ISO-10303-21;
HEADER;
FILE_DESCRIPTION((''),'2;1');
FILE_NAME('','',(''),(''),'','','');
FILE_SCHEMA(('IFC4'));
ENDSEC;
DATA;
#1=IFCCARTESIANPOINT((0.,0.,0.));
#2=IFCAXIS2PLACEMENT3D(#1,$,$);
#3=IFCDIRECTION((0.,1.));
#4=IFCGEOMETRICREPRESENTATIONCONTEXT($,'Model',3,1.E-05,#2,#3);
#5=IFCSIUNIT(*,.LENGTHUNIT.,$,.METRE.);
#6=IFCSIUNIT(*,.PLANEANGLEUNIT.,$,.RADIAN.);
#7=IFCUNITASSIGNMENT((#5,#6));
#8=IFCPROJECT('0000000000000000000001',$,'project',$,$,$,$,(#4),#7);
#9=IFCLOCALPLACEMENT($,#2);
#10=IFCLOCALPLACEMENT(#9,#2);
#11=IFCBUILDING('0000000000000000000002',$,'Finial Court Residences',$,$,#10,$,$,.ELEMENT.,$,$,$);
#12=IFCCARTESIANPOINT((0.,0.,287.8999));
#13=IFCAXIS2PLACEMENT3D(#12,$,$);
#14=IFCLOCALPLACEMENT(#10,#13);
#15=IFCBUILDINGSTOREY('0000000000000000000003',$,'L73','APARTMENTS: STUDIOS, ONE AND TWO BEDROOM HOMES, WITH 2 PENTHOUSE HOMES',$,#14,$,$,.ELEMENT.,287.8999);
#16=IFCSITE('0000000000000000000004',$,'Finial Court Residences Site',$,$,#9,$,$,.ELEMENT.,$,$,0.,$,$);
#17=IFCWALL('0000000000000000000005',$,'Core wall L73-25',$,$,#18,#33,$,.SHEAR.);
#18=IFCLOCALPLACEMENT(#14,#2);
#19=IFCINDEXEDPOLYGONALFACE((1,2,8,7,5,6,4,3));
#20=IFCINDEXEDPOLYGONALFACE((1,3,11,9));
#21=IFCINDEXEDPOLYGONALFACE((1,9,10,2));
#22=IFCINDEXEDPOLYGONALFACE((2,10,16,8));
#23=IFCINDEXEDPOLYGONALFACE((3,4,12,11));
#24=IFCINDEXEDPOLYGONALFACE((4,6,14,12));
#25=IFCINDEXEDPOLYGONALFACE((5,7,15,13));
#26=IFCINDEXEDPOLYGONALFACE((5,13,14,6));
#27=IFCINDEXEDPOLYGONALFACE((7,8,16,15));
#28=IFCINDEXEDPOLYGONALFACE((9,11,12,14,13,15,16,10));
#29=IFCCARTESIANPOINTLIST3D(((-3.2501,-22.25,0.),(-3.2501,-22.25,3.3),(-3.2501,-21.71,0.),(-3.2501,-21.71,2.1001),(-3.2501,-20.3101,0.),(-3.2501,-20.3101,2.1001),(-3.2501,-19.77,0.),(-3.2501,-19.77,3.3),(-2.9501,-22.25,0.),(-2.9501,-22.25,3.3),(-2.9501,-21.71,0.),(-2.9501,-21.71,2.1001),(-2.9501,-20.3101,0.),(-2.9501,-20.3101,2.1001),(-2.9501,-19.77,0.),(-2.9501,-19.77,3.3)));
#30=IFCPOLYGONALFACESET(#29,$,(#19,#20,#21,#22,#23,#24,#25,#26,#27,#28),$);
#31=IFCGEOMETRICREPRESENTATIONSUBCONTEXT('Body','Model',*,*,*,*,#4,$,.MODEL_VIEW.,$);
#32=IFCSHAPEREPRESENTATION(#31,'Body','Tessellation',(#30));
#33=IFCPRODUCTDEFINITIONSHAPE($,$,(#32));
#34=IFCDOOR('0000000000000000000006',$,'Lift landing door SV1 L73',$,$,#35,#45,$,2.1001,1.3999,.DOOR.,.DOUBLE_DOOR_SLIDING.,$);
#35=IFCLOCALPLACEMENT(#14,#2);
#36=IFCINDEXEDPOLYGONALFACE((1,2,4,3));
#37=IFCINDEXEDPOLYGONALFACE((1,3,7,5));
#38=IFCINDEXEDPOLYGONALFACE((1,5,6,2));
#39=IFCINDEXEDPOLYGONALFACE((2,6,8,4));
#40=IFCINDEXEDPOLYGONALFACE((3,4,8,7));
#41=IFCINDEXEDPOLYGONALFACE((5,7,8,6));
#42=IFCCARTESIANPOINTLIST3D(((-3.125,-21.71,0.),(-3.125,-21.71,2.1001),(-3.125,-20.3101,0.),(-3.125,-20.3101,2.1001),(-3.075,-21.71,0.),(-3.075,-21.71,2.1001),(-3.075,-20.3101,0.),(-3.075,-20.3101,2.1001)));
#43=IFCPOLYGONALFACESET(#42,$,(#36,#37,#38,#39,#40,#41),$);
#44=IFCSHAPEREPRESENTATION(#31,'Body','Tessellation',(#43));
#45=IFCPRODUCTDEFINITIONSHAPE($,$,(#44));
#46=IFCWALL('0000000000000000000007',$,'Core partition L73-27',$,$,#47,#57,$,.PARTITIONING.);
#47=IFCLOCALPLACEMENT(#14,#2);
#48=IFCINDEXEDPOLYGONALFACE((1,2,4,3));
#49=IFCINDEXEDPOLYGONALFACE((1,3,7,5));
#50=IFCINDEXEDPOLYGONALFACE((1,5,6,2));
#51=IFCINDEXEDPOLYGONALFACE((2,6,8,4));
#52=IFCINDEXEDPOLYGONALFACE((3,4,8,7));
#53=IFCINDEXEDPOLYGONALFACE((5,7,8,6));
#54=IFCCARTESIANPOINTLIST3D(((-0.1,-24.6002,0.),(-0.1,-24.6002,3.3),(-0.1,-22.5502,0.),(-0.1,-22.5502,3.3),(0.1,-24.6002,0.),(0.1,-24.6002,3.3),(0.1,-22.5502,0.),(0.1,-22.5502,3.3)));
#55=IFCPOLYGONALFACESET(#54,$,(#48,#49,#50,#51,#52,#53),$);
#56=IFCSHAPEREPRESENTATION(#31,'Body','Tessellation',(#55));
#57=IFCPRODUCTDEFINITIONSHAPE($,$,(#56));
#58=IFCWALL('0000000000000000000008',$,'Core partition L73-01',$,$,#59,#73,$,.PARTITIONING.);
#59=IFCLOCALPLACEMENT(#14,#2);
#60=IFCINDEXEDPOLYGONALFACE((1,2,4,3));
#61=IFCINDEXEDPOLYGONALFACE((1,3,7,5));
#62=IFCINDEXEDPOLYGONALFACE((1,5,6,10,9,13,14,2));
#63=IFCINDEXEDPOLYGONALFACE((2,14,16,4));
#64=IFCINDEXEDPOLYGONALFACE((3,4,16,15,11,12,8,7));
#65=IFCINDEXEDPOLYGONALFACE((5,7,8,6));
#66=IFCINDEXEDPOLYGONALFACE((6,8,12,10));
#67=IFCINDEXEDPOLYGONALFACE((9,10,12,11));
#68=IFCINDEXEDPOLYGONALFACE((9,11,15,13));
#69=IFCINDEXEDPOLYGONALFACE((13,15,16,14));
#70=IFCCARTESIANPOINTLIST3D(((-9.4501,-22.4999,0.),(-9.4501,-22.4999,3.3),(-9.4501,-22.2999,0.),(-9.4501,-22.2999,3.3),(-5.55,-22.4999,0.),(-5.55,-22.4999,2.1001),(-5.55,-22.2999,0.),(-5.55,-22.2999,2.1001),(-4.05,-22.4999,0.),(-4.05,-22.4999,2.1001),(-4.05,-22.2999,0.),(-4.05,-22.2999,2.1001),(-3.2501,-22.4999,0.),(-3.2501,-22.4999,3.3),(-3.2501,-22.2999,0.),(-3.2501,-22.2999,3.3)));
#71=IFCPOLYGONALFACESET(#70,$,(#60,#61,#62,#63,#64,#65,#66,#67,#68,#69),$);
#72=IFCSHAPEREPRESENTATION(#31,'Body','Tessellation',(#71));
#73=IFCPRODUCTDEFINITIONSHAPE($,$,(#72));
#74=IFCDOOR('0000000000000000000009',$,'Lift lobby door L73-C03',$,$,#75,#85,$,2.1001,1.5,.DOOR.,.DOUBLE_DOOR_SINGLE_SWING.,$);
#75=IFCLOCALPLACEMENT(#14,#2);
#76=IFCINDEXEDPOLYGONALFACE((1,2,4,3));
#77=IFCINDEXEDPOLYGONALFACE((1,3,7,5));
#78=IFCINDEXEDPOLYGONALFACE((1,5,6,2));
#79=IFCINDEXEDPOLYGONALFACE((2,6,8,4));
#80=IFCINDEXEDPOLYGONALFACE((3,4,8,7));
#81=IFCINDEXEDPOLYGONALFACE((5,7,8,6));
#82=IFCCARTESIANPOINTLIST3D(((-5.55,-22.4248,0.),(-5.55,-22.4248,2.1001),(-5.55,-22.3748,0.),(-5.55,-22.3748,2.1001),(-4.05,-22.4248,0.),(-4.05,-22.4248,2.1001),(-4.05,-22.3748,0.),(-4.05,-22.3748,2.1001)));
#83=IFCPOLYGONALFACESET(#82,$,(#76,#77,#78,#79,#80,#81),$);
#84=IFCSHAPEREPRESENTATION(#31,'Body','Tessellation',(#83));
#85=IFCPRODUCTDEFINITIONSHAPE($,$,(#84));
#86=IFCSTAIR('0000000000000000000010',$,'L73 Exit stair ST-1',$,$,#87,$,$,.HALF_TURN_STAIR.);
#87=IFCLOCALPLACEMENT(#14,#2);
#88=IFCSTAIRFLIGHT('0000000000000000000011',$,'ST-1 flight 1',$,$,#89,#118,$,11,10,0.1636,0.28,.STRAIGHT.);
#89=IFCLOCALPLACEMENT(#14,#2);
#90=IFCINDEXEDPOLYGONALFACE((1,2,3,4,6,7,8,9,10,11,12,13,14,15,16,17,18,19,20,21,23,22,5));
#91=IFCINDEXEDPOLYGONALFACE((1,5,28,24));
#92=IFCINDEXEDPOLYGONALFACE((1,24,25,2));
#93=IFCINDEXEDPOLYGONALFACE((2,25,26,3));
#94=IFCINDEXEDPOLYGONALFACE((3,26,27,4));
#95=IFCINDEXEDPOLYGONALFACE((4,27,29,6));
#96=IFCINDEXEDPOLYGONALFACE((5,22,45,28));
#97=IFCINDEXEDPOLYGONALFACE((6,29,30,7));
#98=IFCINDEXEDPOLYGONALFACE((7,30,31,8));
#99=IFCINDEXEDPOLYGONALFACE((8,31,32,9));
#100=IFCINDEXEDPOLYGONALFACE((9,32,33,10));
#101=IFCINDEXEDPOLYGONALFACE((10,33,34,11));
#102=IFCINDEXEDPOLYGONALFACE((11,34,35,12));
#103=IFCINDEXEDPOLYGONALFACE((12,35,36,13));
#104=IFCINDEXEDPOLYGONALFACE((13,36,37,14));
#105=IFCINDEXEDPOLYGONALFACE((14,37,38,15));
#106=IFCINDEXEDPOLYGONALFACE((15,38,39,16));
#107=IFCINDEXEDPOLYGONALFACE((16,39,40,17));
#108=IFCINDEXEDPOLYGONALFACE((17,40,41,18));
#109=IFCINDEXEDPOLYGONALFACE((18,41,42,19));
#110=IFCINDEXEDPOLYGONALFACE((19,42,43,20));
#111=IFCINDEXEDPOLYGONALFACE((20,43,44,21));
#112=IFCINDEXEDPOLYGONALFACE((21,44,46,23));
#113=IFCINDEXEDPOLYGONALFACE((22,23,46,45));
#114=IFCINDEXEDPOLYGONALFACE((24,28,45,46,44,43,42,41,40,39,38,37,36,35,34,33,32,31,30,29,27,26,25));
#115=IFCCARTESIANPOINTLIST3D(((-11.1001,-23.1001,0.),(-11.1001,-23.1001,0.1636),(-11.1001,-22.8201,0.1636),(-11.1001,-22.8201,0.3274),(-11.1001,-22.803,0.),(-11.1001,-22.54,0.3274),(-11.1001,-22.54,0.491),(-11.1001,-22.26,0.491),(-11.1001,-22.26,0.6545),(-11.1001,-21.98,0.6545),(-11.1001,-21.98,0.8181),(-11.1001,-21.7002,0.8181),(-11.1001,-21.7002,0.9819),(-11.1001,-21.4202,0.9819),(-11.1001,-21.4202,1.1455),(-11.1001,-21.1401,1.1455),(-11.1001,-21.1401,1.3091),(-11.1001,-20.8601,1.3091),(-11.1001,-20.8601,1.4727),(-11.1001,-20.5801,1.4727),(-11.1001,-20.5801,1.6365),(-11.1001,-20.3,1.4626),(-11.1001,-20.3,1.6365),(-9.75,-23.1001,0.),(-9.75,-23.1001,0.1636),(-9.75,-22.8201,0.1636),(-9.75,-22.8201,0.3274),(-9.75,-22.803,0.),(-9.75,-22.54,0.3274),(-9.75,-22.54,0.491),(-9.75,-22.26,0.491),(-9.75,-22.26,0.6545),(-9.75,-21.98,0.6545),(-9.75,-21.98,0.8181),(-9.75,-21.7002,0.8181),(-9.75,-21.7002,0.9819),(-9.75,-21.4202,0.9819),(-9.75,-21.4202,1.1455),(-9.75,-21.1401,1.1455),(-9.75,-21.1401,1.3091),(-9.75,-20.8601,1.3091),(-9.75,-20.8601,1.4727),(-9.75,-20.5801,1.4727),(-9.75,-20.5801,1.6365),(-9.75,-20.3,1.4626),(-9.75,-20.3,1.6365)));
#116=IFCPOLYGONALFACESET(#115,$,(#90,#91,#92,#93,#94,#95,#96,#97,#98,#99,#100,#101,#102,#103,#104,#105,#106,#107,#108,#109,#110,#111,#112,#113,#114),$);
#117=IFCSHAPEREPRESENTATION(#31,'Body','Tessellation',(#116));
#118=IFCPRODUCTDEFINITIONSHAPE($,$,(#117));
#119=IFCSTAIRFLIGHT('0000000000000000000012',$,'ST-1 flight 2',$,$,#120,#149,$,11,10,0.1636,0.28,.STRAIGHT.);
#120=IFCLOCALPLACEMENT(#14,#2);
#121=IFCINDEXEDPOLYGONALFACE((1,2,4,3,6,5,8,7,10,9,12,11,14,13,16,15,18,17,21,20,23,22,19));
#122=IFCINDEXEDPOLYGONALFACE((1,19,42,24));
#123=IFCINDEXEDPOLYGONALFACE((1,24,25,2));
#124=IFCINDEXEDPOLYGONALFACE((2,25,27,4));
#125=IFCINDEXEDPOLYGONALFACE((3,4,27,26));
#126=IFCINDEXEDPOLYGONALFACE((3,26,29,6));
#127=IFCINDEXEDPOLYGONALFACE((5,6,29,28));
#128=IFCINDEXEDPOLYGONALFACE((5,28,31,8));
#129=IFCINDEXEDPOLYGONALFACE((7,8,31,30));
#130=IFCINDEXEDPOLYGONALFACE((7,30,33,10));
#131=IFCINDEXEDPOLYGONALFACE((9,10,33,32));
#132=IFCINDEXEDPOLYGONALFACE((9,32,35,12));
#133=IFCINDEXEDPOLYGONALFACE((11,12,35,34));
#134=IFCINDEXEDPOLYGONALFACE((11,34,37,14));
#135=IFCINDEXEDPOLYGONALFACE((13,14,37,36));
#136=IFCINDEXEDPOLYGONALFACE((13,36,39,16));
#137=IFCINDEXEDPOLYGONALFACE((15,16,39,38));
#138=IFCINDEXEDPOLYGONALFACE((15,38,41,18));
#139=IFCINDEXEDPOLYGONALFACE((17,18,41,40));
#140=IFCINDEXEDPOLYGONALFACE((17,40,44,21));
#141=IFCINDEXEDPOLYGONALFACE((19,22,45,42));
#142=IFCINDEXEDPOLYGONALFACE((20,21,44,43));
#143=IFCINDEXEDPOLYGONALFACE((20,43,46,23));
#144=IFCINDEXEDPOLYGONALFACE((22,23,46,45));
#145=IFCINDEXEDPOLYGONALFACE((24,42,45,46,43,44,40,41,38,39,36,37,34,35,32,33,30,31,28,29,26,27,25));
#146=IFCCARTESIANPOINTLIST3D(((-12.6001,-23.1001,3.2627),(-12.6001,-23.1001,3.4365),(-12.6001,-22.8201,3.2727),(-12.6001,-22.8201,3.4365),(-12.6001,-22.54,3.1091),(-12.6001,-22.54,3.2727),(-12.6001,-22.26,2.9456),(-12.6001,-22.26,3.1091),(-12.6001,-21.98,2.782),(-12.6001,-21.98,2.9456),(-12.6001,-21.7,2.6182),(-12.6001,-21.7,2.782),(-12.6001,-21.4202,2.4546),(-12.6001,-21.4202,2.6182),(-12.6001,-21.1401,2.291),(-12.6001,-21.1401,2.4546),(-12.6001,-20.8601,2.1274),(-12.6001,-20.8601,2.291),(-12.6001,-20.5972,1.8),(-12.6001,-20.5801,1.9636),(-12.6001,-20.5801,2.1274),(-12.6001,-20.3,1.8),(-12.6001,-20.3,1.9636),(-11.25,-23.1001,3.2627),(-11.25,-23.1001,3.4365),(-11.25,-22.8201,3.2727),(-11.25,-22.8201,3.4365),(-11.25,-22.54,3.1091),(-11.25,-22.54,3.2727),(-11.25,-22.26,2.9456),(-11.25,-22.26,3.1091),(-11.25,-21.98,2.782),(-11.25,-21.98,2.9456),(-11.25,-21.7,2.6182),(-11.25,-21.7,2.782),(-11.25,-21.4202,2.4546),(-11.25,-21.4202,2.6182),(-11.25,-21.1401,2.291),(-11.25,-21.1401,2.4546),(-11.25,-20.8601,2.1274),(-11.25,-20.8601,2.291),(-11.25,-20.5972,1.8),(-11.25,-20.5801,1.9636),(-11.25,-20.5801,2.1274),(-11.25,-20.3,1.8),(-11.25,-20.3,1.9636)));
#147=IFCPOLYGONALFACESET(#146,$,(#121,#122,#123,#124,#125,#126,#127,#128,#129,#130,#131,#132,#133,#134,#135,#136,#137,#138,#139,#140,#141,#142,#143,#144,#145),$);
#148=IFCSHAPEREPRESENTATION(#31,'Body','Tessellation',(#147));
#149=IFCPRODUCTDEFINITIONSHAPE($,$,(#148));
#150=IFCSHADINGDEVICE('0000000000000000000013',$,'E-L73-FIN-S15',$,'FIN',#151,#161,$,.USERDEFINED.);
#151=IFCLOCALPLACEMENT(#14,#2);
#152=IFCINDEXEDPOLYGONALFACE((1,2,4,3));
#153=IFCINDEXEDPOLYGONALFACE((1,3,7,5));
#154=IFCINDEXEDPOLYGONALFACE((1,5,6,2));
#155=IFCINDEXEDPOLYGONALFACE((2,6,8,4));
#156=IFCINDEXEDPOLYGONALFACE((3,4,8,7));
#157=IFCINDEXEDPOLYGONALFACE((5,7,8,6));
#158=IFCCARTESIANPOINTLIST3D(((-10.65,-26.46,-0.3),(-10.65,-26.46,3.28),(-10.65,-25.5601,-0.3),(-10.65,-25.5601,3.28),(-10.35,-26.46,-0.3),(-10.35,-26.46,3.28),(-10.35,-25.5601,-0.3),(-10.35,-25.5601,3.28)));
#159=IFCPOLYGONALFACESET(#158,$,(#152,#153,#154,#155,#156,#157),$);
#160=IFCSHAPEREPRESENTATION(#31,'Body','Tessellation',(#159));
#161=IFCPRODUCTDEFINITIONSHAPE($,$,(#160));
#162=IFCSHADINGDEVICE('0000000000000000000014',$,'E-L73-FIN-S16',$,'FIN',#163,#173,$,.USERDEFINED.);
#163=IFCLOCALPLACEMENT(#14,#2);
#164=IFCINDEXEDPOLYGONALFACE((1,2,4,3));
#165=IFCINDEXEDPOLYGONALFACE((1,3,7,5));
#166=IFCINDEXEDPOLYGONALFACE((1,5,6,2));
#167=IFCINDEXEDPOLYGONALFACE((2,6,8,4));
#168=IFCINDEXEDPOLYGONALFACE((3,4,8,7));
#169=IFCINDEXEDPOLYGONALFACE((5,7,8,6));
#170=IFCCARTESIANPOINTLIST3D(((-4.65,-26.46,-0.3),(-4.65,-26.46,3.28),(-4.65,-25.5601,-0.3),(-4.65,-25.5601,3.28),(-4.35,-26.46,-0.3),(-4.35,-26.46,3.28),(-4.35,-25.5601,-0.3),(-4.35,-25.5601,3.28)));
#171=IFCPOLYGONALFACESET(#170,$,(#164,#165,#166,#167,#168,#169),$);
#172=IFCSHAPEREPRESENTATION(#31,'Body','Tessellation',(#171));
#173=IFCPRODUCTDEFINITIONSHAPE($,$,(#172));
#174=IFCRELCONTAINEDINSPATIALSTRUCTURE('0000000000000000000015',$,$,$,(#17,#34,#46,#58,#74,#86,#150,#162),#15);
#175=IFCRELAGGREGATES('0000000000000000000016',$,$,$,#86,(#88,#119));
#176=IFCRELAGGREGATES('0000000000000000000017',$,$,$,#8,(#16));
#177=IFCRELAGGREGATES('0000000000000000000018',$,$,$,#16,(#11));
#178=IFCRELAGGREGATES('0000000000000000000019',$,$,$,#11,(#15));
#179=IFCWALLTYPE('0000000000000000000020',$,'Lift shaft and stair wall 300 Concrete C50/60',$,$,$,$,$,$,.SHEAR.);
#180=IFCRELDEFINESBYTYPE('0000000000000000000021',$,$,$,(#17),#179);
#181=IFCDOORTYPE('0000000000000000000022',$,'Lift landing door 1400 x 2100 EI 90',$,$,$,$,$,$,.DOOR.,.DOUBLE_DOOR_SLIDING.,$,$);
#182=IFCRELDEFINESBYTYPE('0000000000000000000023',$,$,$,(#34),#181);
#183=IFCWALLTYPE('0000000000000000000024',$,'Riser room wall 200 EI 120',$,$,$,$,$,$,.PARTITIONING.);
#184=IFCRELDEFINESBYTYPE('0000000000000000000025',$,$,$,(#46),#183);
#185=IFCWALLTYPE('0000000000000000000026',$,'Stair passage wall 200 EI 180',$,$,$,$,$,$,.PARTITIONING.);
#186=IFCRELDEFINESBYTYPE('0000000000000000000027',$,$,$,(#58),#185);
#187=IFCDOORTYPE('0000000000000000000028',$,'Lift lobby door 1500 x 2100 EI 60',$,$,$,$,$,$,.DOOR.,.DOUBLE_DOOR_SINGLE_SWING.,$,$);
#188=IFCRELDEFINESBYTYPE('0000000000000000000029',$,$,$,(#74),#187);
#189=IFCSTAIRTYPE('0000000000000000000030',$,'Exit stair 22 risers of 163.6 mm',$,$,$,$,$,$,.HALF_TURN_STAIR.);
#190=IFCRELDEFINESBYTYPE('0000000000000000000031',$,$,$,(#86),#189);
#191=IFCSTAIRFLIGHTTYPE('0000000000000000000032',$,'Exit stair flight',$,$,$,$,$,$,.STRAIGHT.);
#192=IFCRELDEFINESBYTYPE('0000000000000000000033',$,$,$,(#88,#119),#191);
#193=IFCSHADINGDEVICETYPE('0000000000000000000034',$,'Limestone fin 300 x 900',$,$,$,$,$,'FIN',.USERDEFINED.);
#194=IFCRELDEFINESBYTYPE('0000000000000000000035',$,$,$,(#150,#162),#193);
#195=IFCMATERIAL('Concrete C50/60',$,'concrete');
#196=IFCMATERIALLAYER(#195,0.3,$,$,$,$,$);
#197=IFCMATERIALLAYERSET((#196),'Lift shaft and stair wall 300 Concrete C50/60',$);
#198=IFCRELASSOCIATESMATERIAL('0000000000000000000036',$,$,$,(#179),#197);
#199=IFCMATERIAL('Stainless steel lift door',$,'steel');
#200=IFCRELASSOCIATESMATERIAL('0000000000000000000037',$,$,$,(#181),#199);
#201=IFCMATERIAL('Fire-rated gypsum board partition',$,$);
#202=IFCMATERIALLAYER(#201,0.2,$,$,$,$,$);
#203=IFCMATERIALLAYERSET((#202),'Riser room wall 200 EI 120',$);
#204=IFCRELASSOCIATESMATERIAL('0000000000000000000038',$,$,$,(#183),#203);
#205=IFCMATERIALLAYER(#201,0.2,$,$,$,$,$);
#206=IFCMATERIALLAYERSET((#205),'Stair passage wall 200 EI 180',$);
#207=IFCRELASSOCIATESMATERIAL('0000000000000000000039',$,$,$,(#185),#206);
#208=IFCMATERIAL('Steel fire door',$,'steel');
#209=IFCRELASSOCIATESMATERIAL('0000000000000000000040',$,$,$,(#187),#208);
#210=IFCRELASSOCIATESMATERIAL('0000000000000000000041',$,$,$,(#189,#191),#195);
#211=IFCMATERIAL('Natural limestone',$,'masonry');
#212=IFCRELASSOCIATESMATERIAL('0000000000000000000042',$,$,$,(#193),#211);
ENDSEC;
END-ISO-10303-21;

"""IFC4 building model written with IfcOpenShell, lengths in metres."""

from ifc_helpers import new_model, si_unit, direction, frame, frame_2d, origin, origin_2d, place, context, subcontext, project, spatial, polyline, rectangle, outline, extrude, material, layer, layer_set, type_object, element, fill, aggregate, save


model = new_model("IFC4")

# Units and contexts
model_context = context("Model", 3, precision=1e-05, world=origin(), true_north=direction((0.0, 1.0)))
body_context = subcontext(model_context, "Body", "Model", "MODEL_VIEW")
ifc_project = project(units=[si_unit("LENGTHUNIT", "METRE"), si_unit("PLANEANGLEUNIT", "RADIAN")], contexts=[model_context])

# Site, building, storey
site_placement = place(None, origin())
site = spatial("IfcSite", under=ifc_project, at=site_placement, Name="Finial Court Residences Site", CompositionType="ELEMENT", RefElevation=0.0)
building_placement = place(site_placement, origin())
building = spatial("IfcBuilding", under=site, at=building_placement, Name="Finial Court Residences", CompositionType="ELEMENT")
storey_placement = place(building_placement, frame((0.0, 0.0, 287.8999)))
storey = spatial("IfcBuildingStorey", under=building, at=storey_placement, Name="L73", Description="APARTMENTS: STUDIOS, ONE AND TWO BEDROOM HOMES, WITH 2 PENTHOUSE HOMES", CompositionType="ELEMENT", Elevation=287.8999)

# Shared definitions
ifc_material_1 = material(Name="Concrete C50/60", Category="concrete")

# Shared definitions
ifc_material_2 = material(Name="Fire-rated gypsum board partition")
ifc_material_3 = material(Name="Steel fire door", Category="steel")

# Shared definitions
ifc_layer_1 = layer(ifc_material_1, 0.3)
ifc_layer_set_1 = layer_set([ifc_layer_1], Name="Lift shaft and stair wall 300 Concrete C50/60")
wall_type_1 = type_object("IfcWallType", Name="Lift shaft and stair wall 300 Concrete C50/60", PredefinedType="SHEAR", material=ifc_layer_set_1)

# Wall, opening, door
wall_1_placement = place(storey_placement, frame((-3.1001, -22.25, 0.0), z_axis=(0.0, 0.0, 1.0), x_axis=(0.0, 1.0, 0.0)))
wall_1 = element("IfcWall", 1, at=wall_1_placement, inside=storey, type_object=wall_type_1, Name="Core wall L73-25", PredefinedType="SHEAR", context=body_context, shape_type="SweptSolid", body=[
    extrude(rectangle(XDim=2.48, YDim=0.3, at=frame_2d((1.24, 0.0))), origin(), (0.0, 0.0, 1.0), 3.3),
])
opening_1_placement = place(wall_1_placement, frame((0.54, 0.0, 0.0)))
opening_1 = element("IfcOpeningElement", 2, at=opening_1_placement, cuts=wall_1, PredefinedType="OPENING", context=body_context, shape_type="SweptSolid", body=[
    extrude(rectangle(XDim=1.3999, YDim=2.1001, at=frame_2d((0.7, 1.05))), frame((0.0, 0.1599, 0.0), z_axis=(0.0, -1.0, 0.0), x_axis=(1.0, 0.0, 0.0)), (0.0, 0.0, 1.0), 0.3201),
])
ifc_material_4 = material(Name="Stainless steel lift door", Category="steel")
door_type_1 = type_object("IfcDoorType", Name="Lift landing door 1400 x 2100 EI 90", OperationType="DOUBLE_DOOR_SLIDING", PredefinedType="DOOR", material=ifc_material_4)
door_1_placement = place(opening_1_placement, origin())
door_1 = element("IfcDoor", 3, at=door_1_placement, inside=storey, type_object=door_type_1, Name="Lift landing door SV1 L73", OperationType="DOUBLE_DOOR_SLIDING", OverallHeight=2.1001, OverallWidth=1.3999, PredefinedType="DOOR", context=body_context, shape_type="SweptSolid", body=[
    extrude(rectangle(XDim=1.3999, YDim=2.1001, at=frame_2d((0.7, 1.05))), frame((0.0, 0.0249, 0.0), z_axis=(0.0, -1.0, 0.0), x_axis=(1.0, 0.0, 0.0)), (0.0, 0.0, 1.0), 0.05),
])
fill(opening_1, door_1)

# Wall
ifc_layer_2 = layer(ifc_material_2, 0.2)
ifc_layer_set_2 = layer_set([ifc_layer_2], Name="Riser room wall 200 EI 120")
wall_type_2 = type_object("IfcWallType", Name="Riser room wall 200 EI 120", PredefinedType="PARTITIONING", material=ifc_layer_set_2)
wall_2_placement = place(storey_placement, frame((0.0, -24.6001, 0.0), z_axis=(0.0, 0.0, 1.0), x_axis=(0.0, 1.0, 0.0)))
element("IfcWall", 4, at=wall_2_placement, inside=storey, type_object=wall_type_2, Name="Core partition L73-27", PredefinedType="PARTITIONING", context=body_context, shape_type="SweptSolid", body=[
    extrude(rectangle(XDim=2.05, YDim=0.2, at=frame_2d((1.0249, 0.0))), origin(), (0.0, 0.0, 1.0), 3.3),
])

# Wall, opening, door
ifc_layer_3 = layer(ifc_material_2, 0.2)
ifc_layer_set_3 = layer_set([ifc_layer_3], Name="Stair passage wall 200 EI 180")
wall_type_3 = type_object("IfcWallType", Name="Stair passage wall 200 EI 180", PredefinedType="PARTITIONING", material=ifc_layer_set_3)
wall_3_placement = place(storey_placement, frame((-3.25, -22.3999, 0.0), z_axis=(0.0, 0.0, 1.0), x_axis=(-1.0, 0.0, 0.0)))
wall_3 = element("IfcWall", 5, at=wall_3_placement, inside=storey, type_object=wall_type_3, Name="Core partition L73-01", PredefinedType="PARTITIONING", context=body_context, shape_type="SweptSolid", body=[
    extrude(rectangle(XDim=6.2, YDim=0.2, at=frame_2d((3.1001, 0.0))), origin(), (0.0, 0.0, 1.0), 3.3),
])
opening_2_placement = place(wall_3_placement, frame((0.8, 0.0, 0.0)))
opening_2 = element("IfcOpeningElement", 6, at=opening_2_placement, cuts=wall_3, PredefinedType="OPENING", context=body_context, shape_type="SweptSolid", body=[
    extrude(rectangle(XDim=1.5, YDim=2.1001, at=frame_2d((0.75, 1.05))), frame((0.0, 0.1099, 0.0), z_axis=(0.0, -1.0, 0.0), x_axis=(1.0, 0.0, 0.0)), (0.0, 0.0, 1.0), 0.22),
])
door_type_2 = type_object("IfcDoorType", Name="Lift lobby door 1500 x 2100 EI 60", OperationType="DOUBLE_DOOR_SINGLE_SWING", PredefinedType="DOOR", material=ifc_material_3)
door_2_placement = place(opening_2_placement, origin())
door_2 = element("IfcDoor", 7, at=door_2_placement, inside=storey, type_object=door_type_2, Name="Lift lobby door L73-C03", OperationType="DOUBLE_DOOR_SINGLE_SWING", OverallHeight=2.1001, OverallWidth=1.5, PredefinedType="DOOR", context=body_context, shape_type="SweptSolid", body=[
    extrude(rectangle(XDim=1.5, YDim=2.1001, at=frame_2d((0.75, 1.05))), frame((0.0, 0.0249, 0.0), z_axis=(0.0, -1.0, 0.0), x_axis=(1.0, 0.0, 0.0)), (0.0, 0.0, 1.0), 0.05),
])
fill(opening_2, door_2)

# Stair, stair flights
stair_type = type_object("IfcStairType", Name="Exit stair 22 risers of 163.6 mm", PredefinedType="HALF_TURN_STAIR", material=ifc_material_1)
stair_placement = place(storey_placement, origin())
stair = element("IfcStair", 8, at=stair_placement, inside=storey, type_object=stair_type, Name="L73 Exit stair ST-1", PredefinedType="HALF_TURN_STAIR")
stair_flight_type = type_object("IfcStairFlightType", Name="Exit stair flight", PredefinedType="STRAIGHT", material=ifc_material_1)
stair_flight_1_placement = place(storey_placement, frame((-10.425, -23.1001, 0.0), z_axis=(0.0, 0.0, 1.0), x_axis=(0.0, 1.0, 0.0)))
stair_flight_1 = element("IfcStairFlight", 9, at=stair_flight_1_placement, type_object=stair_flight_type, Name="ST-1 flight 1", NumberOfRisers=11, NumberOfTreads=10, PredefinedType="STRAIGHT", RiserHeight=0.1636, TreadLength=0.28, context=body_context, shape_type="SweptSolid", body=[
    extrude(outline(polyline([(0.0, 0.0), (0.0, 0.1636), (0.28, 0.1636), (0.28, 0.3274), (0.5601, 0.3274), (0.5601, 0.491), (0.8401, 0.491), (0.8401, 0.6545), (1.1201, 0.6545), (1.1201, 0.8181), (1.3999, 0.8181), (1.3999, 0.9819), (1.6799, 0.9819), (1.6799, 1.1455), (1.96, 1.1455), (1.96, 1.3091), (2.24, 1.3091), (2.24, 1.4727), (2.52, 1.4727), (2.52, 1.6365), (2.8, 1.6365), (2.8, 1.8), (2.8, 1.4626), (0.2971, 0.0), (0.0, 0.0)])), frame((0.0, 0.675, 0.0), z_axis=(0.0, -1.0, 0.0), x_axis=(1.0, 0.0, 0.0)), (0.0, 0.0, 1.0), 1.3501),
])
stair_flight_2_placement = place(storey_placement, frame((-11.925, -20.3, 1.8), z_axis=(0.0, 0.0, 1.0), x_axis=(0.0, -1.0, 0.0)))
stair_flight_2 = element("IfcStairFlight", 10, at=stair_flight_2_placement, type_object=stair_flight_type, Name="ST-1 flight 2", NumberOfRisers=11, NumberOfTreads=10, PredefinedType="STRAIGHT", RiserHeight=0.1636, TreadLength=0.28, context=body_context, shape_type="SweptSolid", body=[
    extrude(outline(polyline([(0.0, 0.0), (0.0, 0.1636), (0.28, 0.1636), (0.28, 0.3274), (0.5601, 0.3274), (0.5601, 0.491), (0.8401, 0.491), (0.8401, 0.6545), (1.1201, 0.6545), (1.1201, 0.8181), (1.3999, 0.8181), (1.3999, 0.9819), (1.6799, 0.9819), (1.6799, 1.1455), (1.96, 1.1455), (1.96, 1.3091), (2.24, 1.3091), (2.24, 1.4727), (2.52, 1.4727), (2.52, 1.6365), (2.8, 1.6365), (2.8, 1.8), (2.8, 1.4626), (0.2971, 0.0), (0.0, 0.0)])), frame((0.0, 0.675, 0.0), z_axis=(0.0, -1.0, 0.0), x_axis=(1.0, 0.0, 0.0)), (0.0, 0.0, 1.0), 1.3501),
])
aggregate(stair, [stair_flight_1, stair_flight_2])

# Shading devices
ifc_material_5 = material(Name="Natural limestone", Category="masonry")
shading_device_type = type_object("IfcShadingDeviceType", Name="Limestone fin 300 x 900", ElementType="FIN", PredefinedType="USERDEFINED", material=ifc_material_5)
for number, where, z_axis, x_axis, name in (
    (11, (-10.5, -26.01, -0.3), (0.0, 0.0, 1.0), (1.0, 0.0, 0.0), "E-L73-FIN-S15"),
    (12, (-4.5, -26.01, -0.3), (0.0, 0.0, 1.0), (1.0, 0.0, 0.0), "E-L73-FIN-S16"),
):
    element("IfcShadingDevice", number, at=place(storey_placement, frame(where, z_axis=z_axis, x_axis=x_axis)), inside=storey, type_object=shading_device_type, Name=name, ObjectType="FIN", PredefinedType="USERDEFINED", context=body_context, shape_type="SweptSolid", body=[
        extrude(rectangle(XDim=0.3, YDim=0.8999, at=origin_2d()), origin(), (0.0, 0.0, 1.0), 3.5801),
    ])

save(model, "model.ifc")
